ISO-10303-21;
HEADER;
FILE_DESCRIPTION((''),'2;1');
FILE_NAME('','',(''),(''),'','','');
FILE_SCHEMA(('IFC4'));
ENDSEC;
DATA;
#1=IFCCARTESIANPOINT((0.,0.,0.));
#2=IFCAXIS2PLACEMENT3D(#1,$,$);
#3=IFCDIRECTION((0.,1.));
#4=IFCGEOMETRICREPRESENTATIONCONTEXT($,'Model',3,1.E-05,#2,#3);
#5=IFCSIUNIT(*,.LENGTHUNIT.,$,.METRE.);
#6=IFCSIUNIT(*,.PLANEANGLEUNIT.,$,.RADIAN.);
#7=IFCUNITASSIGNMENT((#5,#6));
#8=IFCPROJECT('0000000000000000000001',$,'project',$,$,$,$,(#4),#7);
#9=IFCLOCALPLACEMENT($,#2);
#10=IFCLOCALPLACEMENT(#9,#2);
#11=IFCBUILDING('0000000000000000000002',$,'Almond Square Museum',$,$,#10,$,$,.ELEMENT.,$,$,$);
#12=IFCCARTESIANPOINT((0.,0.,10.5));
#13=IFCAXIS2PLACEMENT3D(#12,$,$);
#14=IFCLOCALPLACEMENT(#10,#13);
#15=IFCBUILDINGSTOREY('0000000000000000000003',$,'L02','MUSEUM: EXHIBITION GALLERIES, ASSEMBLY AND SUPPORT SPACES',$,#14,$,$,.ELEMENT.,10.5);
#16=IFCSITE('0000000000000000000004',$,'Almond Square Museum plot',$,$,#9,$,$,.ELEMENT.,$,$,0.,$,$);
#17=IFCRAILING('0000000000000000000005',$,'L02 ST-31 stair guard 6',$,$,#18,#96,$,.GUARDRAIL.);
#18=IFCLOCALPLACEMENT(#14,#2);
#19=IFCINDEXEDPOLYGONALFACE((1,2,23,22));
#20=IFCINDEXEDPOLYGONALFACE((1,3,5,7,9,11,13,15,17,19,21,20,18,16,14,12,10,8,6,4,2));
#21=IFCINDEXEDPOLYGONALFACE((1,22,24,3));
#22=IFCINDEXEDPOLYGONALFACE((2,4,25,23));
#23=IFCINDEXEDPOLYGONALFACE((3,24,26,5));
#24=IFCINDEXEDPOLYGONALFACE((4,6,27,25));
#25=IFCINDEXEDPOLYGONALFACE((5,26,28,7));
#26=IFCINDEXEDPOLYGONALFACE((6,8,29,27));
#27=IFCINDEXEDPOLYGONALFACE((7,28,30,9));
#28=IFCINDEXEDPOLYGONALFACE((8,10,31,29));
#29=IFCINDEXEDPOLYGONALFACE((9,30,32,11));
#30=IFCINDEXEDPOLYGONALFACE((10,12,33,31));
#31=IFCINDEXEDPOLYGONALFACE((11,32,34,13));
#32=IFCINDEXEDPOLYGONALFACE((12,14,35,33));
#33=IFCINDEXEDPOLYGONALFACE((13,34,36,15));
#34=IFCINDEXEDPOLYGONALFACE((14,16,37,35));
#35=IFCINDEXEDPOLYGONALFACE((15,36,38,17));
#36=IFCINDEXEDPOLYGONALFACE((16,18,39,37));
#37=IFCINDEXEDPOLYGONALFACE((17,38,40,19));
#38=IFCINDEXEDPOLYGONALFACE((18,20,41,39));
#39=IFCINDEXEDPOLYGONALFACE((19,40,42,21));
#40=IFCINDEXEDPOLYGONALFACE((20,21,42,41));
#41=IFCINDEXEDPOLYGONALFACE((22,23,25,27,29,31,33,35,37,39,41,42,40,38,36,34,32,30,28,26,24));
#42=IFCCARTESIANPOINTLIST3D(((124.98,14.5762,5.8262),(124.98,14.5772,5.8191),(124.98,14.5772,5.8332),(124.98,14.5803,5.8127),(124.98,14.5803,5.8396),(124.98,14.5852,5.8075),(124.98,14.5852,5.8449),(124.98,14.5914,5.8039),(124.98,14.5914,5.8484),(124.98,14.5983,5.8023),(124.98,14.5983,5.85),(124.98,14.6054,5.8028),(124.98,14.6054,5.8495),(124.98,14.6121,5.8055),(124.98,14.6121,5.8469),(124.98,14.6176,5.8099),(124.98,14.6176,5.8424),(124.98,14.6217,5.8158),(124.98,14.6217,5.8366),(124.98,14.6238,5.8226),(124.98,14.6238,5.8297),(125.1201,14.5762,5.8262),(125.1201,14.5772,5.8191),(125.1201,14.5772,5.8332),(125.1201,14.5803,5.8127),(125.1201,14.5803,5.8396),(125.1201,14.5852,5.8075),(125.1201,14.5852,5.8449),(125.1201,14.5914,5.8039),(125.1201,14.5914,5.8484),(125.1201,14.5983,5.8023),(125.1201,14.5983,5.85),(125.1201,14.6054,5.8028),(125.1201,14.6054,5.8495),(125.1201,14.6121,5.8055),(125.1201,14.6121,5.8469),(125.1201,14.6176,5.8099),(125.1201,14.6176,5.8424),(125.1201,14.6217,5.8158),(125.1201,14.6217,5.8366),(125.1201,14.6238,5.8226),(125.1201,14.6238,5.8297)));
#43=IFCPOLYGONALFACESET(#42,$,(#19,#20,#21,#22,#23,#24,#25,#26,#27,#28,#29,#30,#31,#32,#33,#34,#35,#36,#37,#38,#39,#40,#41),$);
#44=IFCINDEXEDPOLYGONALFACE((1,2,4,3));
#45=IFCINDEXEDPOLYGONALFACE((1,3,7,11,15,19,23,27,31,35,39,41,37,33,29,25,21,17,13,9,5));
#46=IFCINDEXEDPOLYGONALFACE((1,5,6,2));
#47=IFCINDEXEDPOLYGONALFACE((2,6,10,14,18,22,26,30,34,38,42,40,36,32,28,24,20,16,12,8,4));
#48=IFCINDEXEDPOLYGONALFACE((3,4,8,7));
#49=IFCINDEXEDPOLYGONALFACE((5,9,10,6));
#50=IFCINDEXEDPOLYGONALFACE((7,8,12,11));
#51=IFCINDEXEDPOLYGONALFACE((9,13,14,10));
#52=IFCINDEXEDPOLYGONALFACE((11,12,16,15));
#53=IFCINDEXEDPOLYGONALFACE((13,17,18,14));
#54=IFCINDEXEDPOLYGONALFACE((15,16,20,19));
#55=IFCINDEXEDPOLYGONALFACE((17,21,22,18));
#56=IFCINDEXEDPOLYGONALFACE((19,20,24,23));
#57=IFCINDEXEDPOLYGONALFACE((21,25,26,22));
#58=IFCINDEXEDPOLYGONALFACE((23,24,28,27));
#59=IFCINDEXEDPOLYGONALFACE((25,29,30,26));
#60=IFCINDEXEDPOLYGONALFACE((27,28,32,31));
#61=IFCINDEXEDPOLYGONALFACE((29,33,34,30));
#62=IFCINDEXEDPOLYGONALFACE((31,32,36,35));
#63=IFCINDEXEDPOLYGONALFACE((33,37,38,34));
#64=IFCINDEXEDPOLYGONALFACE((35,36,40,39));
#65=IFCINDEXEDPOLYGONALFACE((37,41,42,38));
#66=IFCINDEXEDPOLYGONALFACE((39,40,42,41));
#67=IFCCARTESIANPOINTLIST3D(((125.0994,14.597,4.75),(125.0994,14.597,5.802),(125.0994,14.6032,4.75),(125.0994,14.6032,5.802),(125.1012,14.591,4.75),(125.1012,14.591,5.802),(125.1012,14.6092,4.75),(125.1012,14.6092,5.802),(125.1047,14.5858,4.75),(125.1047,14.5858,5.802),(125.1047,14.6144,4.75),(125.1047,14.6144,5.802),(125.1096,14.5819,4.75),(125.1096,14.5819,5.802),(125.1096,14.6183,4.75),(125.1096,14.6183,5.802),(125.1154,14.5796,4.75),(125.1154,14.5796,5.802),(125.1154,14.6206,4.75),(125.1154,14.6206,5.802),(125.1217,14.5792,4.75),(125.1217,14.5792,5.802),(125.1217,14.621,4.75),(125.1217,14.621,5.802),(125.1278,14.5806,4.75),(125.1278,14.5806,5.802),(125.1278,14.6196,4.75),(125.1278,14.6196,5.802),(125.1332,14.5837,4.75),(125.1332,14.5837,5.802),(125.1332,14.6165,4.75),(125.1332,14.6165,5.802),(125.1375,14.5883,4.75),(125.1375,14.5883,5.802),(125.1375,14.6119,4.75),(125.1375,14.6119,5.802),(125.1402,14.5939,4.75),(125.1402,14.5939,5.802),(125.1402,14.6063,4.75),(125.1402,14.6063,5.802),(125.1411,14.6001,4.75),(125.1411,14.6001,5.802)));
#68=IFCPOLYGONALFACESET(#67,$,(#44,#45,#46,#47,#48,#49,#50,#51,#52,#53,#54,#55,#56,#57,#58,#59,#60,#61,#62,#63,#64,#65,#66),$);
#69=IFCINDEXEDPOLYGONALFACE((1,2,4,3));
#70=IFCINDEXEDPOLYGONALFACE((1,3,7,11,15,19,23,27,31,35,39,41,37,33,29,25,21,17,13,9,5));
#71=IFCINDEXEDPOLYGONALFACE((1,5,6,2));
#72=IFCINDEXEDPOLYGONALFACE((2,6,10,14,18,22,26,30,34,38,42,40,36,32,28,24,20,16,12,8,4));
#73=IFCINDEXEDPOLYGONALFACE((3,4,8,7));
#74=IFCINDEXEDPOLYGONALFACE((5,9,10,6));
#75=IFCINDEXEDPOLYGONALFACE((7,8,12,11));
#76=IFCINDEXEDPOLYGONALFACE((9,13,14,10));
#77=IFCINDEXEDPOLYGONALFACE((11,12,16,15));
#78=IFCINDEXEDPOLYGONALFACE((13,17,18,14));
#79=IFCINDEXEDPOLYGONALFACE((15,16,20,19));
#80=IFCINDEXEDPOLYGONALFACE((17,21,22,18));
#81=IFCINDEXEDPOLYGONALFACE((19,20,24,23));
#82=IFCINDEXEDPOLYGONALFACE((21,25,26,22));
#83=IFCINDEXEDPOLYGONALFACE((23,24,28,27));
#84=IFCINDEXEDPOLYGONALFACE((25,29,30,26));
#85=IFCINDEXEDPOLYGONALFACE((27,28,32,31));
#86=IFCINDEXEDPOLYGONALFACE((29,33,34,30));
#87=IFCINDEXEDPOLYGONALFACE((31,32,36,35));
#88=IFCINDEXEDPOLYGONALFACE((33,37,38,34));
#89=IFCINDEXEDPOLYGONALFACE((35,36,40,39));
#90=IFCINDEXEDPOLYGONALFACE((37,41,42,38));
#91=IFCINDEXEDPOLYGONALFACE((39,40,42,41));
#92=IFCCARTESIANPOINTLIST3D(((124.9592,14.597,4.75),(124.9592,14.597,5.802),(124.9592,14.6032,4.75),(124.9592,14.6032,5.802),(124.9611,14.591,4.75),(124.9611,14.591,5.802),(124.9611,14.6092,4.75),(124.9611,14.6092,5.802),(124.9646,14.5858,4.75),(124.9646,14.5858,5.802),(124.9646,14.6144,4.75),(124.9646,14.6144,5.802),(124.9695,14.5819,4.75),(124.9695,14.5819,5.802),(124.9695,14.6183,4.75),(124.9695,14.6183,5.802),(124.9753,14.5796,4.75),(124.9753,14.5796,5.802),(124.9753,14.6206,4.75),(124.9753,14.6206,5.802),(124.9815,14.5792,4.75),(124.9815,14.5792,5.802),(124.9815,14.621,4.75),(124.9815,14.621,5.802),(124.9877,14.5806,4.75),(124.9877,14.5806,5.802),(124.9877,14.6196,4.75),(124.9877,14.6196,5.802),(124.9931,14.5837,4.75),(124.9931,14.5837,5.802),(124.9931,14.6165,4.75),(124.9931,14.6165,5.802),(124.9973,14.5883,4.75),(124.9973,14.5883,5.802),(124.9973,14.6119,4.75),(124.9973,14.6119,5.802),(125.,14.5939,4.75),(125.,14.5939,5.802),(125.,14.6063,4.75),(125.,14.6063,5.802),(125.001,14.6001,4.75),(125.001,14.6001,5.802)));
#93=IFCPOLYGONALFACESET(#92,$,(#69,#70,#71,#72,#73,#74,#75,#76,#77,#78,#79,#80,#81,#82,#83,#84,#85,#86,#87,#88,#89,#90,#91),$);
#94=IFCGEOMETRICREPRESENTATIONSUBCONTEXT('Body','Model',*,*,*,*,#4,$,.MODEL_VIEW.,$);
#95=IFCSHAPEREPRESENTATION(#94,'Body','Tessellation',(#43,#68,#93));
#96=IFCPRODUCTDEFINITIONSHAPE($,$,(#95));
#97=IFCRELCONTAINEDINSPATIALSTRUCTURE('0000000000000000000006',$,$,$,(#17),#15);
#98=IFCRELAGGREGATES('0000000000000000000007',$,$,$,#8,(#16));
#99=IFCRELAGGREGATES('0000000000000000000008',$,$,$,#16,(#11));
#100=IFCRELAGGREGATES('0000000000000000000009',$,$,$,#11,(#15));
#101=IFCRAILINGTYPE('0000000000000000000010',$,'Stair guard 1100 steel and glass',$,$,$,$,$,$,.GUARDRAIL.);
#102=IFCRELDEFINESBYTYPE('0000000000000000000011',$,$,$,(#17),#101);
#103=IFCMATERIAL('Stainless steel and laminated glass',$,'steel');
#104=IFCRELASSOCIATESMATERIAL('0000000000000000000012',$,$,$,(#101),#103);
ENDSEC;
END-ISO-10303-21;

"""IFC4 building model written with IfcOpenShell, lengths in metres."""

from ifc_helpers import new_model, si_unit, direction, frame, origin, origin_2d, place, context, subcontext, project, spatial, circle, extrude, material, type_object, element, save


model = new_model("IFC4")

# Units and contexts
model_context = context("Model", 3, precision=1e-05, world=origin(), true_north=direction((0.0, 1.0)))
body_context = subcontext(model_context, "Body", "Model", "MODEL_VIEW")
ifc_project = project(units=[si_unit("LENGTHUNIT", "METRE"), si_unit("PLANEANGLEUNIT", "RADIAN")], contexts=[model_context])

# Site, building, storey
site_placement = place(None, origin())
site = spatial("IfcSite", under=ifc_project, at=site_placement, Name="Almond Square Museum plot", CompositionType="ELEMENT", RefElevation=0.0)
building_placement = place(site_placement, origin())
building = spatial("IfcBuilding", under=site, at=building_placement, Name="Almond Square Museum", CompositionType="ELEMENT")
storey_placement = place(building_placement, frame((0.0, 0.0, 10.5)))
storey = spatial("IfcBuildingStorey", under=building, at=storey_placement, Name="L02", Description="MUSEUM: EXHIBITION GALLERIES, ASSEMBLY AND SUPPORT SPACES", CompositionType="ELEMENT", Elevation=10.5)

# Railing
ifc_material_1 = material(Name="Stainless steel and laminated glass", Category="steel")
railing_type_1 = type_object("IfcRailingType", Name="Stair guard 1100 steel and glass", PredefinedType="GUARDRAIL", material=ifc_material_1)
railing_1_placement = place(storey_placement, frame((125.1201, 14.6001, 4.75)))
element("IfcRailing", 1, at=railing_1_placement, inside=storey, type_object=railing_type_1, Name="L02 ST-31 stair guard 6", PredefinedType="GUARDRAIL", context=body_context, shape_type="SweptSolid", body=[
    extrude(circle(Radius=0.0239, at=origin_2d()), frame((0.0, 0.0, 1.0762), z_axis=(-1.0, 0.0, 0.0), x_axis=(0.0, -1.0, 0.0)), (0.0, 0.0, 1.0), 0.1401),
    extrude(circle(Radius=0.021, at=origin_2d()), origin(), (0.0, 0.0, 1.0), 1.052),
    extrude(circle(Radius=0.021, at=origin_2d()), frame((-0.1401, 0.0, 0.0)), (0.0, 0.0, 1.0), 1.052),
])

save(model, "model.ifc")
